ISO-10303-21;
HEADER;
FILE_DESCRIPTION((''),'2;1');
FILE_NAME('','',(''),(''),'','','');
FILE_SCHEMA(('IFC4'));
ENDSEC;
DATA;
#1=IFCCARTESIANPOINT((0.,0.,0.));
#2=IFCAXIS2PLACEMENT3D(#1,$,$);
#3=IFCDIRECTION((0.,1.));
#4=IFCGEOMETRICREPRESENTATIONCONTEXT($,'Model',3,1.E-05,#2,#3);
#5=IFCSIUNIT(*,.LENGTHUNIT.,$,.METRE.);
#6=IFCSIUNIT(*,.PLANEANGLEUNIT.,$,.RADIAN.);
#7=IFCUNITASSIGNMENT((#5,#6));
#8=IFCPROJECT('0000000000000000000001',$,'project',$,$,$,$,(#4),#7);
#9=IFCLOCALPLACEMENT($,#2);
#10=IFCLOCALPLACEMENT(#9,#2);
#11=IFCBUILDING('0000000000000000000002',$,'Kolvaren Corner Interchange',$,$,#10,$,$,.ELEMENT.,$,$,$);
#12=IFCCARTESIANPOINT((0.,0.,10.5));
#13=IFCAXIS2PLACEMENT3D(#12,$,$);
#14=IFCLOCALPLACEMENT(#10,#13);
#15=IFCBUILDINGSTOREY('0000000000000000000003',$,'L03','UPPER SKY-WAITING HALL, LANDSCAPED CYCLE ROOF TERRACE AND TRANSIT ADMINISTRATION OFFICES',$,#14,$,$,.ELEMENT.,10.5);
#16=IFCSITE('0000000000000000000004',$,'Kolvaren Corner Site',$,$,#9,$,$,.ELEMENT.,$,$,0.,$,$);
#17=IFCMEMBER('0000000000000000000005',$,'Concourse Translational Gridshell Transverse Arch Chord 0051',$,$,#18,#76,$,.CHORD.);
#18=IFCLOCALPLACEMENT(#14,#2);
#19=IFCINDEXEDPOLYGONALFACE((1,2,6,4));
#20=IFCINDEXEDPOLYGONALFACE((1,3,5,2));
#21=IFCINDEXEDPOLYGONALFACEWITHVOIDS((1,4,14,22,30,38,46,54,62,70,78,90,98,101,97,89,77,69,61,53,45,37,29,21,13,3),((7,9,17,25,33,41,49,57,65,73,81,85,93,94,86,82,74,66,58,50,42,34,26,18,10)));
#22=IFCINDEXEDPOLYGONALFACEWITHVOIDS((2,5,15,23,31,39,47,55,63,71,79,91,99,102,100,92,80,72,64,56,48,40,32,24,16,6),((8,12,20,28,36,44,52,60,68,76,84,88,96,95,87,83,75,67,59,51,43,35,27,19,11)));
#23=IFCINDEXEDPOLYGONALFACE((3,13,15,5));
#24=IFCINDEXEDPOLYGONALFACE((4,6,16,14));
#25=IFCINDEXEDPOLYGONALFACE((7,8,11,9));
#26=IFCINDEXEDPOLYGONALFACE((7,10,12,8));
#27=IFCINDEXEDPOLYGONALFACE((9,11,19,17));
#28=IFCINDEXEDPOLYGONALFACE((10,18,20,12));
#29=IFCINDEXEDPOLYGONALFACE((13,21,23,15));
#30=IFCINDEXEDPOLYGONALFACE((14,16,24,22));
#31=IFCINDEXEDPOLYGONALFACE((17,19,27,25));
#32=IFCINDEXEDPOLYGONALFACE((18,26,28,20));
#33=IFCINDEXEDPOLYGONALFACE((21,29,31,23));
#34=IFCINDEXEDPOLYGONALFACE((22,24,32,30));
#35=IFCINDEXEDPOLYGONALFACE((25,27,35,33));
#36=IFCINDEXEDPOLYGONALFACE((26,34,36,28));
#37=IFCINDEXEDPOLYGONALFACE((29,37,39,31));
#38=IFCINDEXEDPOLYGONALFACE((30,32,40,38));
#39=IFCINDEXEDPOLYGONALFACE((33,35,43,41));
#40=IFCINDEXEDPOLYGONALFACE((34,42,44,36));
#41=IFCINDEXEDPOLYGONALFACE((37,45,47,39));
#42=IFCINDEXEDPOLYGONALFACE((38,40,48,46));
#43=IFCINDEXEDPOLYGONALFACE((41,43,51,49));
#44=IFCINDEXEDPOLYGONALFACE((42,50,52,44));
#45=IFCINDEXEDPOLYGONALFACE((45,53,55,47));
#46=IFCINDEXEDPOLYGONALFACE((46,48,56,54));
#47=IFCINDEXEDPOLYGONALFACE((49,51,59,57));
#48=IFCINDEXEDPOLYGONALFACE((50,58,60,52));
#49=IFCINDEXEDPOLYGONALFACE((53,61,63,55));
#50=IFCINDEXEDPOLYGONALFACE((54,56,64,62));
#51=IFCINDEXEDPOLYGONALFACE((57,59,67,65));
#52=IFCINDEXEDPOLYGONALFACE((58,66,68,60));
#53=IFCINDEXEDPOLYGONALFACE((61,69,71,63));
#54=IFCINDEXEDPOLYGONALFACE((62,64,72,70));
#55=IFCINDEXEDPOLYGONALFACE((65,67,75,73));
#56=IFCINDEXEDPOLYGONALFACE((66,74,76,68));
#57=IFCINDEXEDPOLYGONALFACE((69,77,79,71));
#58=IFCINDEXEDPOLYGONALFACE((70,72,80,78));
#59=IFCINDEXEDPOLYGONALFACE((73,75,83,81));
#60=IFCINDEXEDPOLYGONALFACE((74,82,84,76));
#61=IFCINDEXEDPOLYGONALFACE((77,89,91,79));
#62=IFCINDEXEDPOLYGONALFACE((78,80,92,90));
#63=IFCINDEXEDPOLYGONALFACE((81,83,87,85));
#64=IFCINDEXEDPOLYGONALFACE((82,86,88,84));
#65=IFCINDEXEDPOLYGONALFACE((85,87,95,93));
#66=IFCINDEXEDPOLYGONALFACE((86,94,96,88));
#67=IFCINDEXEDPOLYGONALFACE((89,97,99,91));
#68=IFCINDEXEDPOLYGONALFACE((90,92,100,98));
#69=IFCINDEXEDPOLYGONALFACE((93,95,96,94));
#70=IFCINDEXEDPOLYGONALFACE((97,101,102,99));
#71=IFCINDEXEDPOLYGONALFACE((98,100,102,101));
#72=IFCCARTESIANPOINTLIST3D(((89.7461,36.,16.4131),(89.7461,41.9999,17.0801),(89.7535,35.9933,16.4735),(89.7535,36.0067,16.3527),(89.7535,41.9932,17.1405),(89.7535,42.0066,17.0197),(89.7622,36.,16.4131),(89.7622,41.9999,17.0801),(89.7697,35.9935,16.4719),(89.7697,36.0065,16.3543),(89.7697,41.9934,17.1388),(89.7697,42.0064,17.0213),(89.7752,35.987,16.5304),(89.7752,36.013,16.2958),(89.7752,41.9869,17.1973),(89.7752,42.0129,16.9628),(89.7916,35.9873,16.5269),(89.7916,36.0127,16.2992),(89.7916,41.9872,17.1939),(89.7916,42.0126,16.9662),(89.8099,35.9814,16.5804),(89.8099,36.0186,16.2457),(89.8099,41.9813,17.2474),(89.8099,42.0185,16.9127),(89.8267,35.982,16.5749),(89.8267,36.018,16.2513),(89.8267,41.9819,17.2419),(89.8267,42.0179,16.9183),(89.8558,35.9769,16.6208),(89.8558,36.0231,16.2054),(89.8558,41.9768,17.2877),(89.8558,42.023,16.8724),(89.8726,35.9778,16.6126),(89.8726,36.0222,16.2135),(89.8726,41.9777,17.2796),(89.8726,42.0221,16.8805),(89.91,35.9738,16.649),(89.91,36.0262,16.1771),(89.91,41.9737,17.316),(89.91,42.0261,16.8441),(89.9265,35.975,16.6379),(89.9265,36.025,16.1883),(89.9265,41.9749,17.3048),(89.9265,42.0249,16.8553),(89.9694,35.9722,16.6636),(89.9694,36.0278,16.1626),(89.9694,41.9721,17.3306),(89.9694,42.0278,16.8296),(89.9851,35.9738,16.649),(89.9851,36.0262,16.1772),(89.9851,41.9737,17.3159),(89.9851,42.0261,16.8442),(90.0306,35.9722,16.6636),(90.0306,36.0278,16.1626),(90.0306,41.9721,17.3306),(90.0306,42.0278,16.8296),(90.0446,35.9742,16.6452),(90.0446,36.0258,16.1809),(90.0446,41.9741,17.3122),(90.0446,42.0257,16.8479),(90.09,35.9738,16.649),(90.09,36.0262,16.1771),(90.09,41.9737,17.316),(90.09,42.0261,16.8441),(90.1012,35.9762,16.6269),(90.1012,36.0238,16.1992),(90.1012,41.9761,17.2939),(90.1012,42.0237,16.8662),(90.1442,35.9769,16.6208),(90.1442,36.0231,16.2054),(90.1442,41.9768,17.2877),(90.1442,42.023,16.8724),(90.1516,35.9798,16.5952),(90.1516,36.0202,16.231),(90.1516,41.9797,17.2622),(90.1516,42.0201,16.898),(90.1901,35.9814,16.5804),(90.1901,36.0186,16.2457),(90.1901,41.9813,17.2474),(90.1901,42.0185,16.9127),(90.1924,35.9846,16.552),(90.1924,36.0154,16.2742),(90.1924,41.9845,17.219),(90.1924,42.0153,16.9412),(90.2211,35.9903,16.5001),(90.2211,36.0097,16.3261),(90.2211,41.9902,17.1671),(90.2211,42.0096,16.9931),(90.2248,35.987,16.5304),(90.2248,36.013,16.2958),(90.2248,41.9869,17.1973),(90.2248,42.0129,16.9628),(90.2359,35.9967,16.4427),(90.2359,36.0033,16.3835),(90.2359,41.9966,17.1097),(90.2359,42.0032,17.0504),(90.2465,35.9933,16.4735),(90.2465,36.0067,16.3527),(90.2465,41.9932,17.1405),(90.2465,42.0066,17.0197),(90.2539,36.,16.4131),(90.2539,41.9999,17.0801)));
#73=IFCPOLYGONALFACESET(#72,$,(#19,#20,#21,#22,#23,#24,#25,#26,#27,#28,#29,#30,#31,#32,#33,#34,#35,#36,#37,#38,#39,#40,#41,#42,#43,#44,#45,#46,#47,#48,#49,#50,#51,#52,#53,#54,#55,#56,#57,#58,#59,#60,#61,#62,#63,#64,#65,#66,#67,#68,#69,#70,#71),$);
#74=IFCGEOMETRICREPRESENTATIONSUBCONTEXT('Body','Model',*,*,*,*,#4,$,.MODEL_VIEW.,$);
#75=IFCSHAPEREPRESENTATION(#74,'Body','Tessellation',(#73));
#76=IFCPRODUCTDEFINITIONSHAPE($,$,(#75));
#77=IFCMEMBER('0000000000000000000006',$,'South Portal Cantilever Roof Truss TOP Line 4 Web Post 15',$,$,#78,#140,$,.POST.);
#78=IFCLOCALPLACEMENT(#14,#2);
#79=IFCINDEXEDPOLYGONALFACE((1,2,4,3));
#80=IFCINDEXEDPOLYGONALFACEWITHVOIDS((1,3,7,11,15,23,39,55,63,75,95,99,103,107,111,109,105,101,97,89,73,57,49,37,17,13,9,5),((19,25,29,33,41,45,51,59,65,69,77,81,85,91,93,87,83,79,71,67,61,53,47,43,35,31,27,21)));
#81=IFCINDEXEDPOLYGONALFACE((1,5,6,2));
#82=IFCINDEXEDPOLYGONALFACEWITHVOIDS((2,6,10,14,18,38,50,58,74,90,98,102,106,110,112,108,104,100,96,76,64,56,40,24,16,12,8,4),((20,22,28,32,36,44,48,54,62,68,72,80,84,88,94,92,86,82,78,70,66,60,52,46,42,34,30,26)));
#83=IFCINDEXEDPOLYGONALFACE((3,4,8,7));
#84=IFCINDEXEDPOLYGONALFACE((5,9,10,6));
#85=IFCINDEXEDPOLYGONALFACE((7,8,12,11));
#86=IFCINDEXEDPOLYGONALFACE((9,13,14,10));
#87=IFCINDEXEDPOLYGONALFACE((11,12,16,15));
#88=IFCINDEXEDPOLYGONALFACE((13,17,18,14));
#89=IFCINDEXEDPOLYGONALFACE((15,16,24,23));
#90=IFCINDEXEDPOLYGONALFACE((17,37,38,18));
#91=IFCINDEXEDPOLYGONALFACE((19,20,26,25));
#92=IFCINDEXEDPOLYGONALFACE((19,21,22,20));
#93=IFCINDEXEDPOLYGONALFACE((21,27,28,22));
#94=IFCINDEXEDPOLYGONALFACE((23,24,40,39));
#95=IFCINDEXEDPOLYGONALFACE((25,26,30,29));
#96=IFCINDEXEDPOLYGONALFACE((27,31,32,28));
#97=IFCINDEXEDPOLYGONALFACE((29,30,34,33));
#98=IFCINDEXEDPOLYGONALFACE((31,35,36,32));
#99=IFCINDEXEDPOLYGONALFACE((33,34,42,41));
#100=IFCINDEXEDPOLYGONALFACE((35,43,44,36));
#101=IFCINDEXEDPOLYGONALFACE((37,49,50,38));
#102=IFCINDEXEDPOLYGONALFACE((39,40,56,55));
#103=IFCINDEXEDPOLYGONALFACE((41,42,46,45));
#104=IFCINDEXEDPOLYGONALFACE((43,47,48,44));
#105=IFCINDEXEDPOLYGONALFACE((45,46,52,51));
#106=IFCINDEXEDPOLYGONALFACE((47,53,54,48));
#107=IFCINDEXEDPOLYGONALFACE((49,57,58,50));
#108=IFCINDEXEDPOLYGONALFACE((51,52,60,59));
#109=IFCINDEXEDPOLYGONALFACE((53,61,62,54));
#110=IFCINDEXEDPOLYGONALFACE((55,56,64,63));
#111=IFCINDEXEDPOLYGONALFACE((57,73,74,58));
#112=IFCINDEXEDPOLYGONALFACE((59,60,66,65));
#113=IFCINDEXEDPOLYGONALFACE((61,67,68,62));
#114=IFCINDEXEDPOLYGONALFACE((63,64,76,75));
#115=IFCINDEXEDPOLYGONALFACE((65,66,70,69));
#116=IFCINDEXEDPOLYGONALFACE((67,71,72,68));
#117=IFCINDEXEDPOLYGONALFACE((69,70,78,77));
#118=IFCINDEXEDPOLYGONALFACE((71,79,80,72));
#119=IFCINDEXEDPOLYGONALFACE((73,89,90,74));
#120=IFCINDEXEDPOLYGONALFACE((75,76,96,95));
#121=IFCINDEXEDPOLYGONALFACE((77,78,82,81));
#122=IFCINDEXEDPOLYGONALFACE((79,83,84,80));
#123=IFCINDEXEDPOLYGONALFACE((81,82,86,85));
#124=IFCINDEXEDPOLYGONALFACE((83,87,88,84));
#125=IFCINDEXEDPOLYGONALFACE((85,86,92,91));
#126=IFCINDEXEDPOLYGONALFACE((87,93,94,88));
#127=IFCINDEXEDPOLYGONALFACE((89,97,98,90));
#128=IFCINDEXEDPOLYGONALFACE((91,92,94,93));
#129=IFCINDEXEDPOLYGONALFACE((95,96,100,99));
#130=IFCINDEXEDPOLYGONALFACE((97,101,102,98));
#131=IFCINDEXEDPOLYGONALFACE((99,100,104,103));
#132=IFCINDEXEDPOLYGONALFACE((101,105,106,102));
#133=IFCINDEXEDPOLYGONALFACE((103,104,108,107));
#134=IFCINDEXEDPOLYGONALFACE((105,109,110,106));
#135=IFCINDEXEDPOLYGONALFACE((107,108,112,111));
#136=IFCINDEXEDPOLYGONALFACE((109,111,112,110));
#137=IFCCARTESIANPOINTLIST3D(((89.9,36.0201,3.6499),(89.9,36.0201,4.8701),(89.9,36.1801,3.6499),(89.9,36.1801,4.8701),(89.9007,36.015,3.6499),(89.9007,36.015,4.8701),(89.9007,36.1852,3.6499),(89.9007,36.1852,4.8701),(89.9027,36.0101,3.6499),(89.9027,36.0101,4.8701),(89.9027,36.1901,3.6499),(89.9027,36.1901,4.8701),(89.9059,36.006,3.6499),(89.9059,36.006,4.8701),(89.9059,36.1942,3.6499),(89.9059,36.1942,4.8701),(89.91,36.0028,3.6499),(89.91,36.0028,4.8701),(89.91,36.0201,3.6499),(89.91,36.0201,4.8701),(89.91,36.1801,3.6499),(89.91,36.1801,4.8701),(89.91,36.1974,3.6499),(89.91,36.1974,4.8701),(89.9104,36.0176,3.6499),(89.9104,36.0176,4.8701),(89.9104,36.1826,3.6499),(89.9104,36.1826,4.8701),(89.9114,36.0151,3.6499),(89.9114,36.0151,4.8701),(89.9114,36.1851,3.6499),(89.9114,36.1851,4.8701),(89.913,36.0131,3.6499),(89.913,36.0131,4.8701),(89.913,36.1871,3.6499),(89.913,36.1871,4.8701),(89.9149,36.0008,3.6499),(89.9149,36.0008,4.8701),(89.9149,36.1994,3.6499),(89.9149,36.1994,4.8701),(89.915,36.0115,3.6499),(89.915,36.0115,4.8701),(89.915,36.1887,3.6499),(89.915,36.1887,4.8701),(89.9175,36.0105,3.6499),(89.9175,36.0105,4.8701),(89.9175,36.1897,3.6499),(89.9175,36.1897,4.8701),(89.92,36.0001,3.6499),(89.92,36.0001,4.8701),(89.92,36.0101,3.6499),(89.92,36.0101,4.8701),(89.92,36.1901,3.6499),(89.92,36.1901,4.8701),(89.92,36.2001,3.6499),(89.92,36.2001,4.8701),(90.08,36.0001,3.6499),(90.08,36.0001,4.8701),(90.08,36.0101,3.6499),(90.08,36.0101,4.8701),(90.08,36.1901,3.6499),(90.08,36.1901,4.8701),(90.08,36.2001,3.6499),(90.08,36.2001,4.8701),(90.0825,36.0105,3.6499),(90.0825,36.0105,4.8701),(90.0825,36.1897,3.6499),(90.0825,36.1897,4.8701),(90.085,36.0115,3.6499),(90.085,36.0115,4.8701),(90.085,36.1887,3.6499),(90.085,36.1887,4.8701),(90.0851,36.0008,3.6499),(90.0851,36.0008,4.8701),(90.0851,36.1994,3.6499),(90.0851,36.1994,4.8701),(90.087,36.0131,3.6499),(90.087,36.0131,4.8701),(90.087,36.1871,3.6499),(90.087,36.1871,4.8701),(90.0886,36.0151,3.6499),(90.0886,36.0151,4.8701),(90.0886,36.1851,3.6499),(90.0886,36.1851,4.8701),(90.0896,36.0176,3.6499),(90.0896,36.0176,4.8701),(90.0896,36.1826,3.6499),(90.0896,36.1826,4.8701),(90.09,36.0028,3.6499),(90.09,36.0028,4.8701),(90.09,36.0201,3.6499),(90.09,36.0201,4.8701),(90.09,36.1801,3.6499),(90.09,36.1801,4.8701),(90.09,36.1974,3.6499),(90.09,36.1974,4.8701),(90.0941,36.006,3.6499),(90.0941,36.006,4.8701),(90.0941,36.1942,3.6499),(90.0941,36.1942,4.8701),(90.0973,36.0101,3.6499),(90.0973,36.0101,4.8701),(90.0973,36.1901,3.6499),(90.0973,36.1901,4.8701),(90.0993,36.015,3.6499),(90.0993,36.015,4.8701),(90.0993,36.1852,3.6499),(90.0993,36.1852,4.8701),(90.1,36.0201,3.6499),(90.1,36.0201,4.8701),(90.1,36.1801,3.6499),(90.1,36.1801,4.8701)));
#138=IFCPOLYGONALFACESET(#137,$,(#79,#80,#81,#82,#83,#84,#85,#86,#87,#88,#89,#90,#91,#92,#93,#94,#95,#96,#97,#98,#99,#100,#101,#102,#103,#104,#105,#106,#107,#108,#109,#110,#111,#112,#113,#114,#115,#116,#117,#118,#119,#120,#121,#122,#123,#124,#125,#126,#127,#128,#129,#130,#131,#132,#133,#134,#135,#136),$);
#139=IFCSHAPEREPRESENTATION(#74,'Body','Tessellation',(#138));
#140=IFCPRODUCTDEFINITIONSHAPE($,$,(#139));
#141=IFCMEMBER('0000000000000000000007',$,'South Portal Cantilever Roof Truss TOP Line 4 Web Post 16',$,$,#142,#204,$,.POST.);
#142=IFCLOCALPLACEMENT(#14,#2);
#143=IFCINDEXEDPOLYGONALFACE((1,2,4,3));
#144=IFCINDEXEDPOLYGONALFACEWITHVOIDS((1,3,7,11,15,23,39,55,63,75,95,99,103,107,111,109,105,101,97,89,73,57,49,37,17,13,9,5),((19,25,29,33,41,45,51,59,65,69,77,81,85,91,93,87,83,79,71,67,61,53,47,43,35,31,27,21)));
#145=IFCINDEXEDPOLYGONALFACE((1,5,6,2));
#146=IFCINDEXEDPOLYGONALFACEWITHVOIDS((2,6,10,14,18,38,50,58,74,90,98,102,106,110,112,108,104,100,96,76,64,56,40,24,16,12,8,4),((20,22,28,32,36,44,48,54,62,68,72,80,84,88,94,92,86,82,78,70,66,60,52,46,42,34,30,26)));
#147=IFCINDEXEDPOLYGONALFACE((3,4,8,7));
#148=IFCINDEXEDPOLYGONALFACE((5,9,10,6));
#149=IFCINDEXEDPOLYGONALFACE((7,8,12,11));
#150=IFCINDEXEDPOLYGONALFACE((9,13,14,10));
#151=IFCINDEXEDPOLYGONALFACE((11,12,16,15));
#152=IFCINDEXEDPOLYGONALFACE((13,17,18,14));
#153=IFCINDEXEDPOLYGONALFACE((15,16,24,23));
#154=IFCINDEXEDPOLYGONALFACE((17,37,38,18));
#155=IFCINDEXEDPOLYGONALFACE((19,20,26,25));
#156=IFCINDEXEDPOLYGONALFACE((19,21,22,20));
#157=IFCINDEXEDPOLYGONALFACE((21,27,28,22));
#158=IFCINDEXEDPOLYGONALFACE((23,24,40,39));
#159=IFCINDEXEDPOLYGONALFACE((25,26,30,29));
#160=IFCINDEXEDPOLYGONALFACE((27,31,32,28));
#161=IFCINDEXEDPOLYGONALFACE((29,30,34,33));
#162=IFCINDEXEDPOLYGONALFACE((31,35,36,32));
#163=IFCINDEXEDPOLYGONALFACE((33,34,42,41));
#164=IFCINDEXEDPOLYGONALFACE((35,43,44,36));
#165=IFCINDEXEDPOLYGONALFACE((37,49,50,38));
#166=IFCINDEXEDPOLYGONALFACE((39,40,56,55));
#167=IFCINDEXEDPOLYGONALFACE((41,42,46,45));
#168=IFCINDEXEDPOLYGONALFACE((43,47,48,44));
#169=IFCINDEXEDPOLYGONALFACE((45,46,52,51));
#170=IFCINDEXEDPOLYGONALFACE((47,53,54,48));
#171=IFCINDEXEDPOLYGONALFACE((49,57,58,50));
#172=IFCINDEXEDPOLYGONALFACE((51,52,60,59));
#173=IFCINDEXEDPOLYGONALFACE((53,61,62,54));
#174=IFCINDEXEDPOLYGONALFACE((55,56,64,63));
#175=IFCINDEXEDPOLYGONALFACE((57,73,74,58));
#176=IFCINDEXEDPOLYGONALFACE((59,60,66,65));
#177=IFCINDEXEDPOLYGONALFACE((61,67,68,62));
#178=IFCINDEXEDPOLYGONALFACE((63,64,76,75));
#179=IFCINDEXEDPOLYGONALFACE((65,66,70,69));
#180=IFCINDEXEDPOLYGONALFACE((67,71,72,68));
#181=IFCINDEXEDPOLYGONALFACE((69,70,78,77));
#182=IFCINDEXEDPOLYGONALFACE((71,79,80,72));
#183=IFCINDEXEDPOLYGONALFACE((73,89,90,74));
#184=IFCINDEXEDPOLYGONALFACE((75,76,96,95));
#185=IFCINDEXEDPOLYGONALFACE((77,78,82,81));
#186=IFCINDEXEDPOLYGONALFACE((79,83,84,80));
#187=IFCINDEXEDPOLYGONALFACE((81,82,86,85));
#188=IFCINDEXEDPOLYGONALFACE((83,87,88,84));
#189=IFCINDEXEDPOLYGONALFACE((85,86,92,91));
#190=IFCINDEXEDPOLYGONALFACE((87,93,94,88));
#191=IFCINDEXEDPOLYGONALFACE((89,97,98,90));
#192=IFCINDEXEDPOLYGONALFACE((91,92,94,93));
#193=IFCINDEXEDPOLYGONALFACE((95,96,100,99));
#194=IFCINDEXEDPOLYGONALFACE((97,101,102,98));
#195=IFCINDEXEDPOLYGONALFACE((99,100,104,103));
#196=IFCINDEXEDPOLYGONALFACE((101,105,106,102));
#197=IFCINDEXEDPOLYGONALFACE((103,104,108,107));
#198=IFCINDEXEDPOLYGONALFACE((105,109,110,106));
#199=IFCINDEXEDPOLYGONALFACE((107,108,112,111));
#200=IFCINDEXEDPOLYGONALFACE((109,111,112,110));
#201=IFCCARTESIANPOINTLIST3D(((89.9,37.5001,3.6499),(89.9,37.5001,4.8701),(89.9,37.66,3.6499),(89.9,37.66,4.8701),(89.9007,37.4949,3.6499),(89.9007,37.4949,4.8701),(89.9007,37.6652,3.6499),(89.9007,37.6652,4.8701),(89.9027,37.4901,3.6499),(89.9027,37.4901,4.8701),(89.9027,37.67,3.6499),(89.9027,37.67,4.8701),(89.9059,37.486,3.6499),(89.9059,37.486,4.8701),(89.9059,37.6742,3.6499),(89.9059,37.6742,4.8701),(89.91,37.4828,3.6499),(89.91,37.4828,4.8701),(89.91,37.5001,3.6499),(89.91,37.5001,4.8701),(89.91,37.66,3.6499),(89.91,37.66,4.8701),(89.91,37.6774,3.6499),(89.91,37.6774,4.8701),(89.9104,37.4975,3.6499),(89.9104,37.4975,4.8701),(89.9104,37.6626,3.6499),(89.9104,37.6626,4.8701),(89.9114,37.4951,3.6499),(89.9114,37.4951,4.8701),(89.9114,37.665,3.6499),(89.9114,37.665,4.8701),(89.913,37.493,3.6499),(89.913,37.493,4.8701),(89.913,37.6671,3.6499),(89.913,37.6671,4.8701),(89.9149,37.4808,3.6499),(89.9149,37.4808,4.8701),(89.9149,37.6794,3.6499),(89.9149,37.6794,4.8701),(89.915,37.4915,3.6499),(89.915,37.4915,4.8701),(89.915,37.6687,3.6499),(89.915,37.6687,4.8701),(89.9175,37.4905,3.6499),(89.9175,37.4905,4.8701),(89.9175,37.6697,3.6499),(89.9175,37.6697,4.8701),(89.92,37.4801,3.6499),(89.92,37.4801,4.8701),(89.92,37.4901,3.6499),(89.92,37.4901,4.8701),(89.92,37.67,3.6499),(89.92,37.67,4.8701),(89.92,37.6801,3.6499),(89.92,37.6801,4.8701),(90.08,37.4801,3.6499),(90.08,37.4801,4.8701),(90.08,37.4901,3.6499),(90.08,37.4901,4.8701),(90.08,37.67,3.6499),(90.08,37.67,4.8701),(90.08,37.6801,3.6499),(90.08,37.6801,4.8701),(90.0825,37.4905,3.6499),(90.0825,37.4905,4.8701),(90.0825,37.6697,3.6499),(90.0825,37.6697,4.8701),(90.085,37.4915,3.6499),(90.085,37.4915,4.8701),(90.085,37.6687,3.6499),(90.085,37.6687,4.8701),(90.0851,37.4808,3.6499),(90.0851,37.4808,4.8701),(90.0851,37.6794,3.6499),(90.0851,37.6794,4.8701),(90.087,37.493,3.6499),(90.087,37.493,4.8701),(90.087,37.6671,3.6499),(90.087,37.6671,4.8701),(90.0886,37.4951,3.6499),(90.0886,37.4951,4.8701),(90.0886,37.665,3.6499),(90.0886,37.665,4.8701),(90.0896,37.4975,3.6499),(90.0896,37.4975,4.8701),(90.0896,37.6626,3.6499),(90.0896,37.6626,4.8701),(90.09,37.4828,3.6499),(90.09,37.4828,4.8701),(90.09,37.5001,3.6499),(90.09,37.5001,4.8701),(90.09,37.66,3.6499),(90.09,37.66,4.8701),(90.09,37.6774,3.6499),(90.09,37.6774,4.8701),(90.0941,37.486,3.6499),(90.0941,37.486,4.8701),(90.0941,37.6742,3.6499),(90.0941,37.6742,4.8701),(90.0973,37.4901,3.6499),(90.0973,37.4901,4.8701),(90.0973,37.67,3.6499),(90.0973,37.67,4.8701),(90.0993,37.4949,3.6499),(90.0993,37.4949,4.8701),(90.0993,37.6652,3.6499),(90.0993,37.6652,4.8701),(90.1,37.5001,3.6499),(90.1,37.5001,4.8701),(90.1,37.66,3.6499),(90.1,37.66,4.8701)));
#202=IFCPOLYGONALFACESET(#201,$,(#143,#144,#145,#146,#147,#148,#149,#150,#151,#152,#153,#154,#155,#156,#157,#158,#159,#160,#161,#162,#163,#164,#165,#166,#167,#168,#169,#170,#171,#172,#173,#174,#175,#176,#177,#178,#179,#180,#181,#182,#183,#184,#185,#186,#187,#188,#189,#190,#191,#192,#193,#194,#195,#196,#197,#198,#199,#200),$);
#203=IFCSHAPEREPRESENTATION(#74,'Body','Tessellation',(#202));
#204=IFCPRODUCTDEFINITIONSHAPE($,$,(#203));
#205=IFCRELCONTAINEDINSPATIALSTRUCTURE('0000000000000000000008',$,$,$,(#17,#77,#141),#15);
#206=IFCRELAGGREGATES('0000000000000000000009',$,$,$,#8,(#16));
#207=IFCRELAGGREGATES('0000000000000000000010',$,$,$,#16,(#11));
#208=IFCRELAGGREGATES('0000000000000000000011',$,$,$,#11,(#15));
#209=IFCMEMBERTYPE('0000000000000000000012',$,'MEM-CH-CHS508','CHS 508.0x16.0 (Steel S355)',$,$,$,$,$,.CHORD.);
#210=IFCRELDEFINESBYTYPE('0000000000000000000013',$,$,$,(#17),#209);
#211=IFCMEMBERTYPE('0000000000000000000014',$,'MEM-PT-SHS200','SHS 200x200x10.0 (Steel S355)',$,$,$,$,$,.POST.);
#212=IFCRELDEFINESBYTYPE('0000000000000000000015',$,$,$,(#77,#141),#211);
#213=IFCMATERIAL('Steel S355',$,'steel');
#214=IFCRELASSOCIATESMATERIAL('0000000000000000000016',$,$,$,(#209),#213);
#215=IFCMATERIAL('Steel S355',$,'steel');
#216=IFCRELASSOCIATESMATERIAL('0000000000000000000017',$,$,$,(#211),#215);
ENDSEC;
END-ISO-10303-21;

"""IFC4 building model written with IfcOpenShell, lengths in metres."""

from ifc_helpers import new_model, si_unit, direction, frame, origin, origin_2d, place, context, subcontext, project, spatial, hollow_rectangle, hollow_circle, extrude, material, material_profile, profile_set, type_object, element, save


model = new_model("IFC4")

# Units and contexts
model_context = context("Model", 3, precision=1e-05, world=origin(), true_north=direction((0.0, 1.0)))
body_context = subcontext(model_context, "Body", "Model", "MODEL_VIEW")
ifc_project = project(units=[si_unit("LENGTHUNIT", "METRE"), si_unit("PLANEANGLEUNIT", "RADIAN")], contexts=[model_context])

# Site, building, storey
site_placement = place(None, origin())
site = spatial("IfcSite", under=ifc_project, at=site_placement, Name="Kolvaren Corner Site", CompositionType="ELEMENT", RefElevation=0.0)
building_placement = place(site_placement, origin())
building = spatial("IfcBuilding", under=site, at=building_placement, Name="Kolvaren Corner Interchange", CompositionType="ELEMENT")
storey_placement = place(building_placement, frame((0.0, 0.0, 10.5)))
storey = spatial("IfcBuildingStorey", under=building, at=storey_placement, Name="L03", Description="UPPER SKY-WAITING HALL, LANDSCAPED CYCLE ROOF TERRACE AND TRANSIT ADMINISTRATION OFFICES", CompositionType="ELEMENT", Elevation=10.5)

# Members
ifc_material_1 = material(Name="Steel S355", Category="steel")
ifc_material_profile_1 = material_profile(ifc_material_1, hollow_circle(Radius=0.2539, WallThickness=0.0161, at=origin_2d()), Name="CHS 508.0x16.0")
ifc_profile_set_1 = profile_set([ifc_material_profile_1], Name="Steel S355")
member_type_1 = type_object("IfcMemberType", Name="MEM-CH-CHS508", Description="CHS 508.0x16.0 (Steel S355)", PredefinedType="CHORD", material=ifc_profile_set_1)
member_1_placement = place(storey_placement, frame((90.0, 36.0, 16.4131), z_axis=(0.0, 0.993878, 0.110485), x_axis=(-1.0, 0.0, 0.0)))
element("IfcMember", 1, at=member_1_placement, inside=storey, type_object=member_type_1, Name="Concourse Translational Gridshell Transverse Arch Chord 0051", PredefinedType="CHORD", context=body_context, shape_type="SweptSolid", body=[
    extrude(hollow_circle(Radius=0.2539, WallThickness=0.0161, at=origin_2d()), origin(), (0.0, 0.0, 1.0), 6.0369),
])
ifc_material_2 = material(Name="Steel S355", Category="steel")
ifc_material_profile_2 = material_profile(ifc_material_2, hollow_rectangle(XDim=0.2, YDim=0.2, WallThickness=0.01, InnerFilletRadius=0.01, OuterFilletRadius=0.02, at=origin_2d()), Name="SHS 200x200x10.0")
ifc_profile_set_2 = profile_set([ifc_material_profile_2], Name="Steel S355")
member_type_2 = type_object("IfcMemberType", Name="MEM-PT-SHS200", Description="SHS 200x200x10.0 (Steel S355)", PredefinedType="POST", material=ifc_profile_set_2)
for number, where, z_axis, x_axis, name in (
    (2, (90.0, 36.1001, 3.6499), (0.0, 0.0, 1.0), (1.0, 0.0, 0.0), "South Portal Cantilever Roof Truss TOP Line 4 Web Post 15"),
    (3, (90.0, 37.5801, 3.6499), (0.0, 0.0, 1.0), (1.0, 0.0, 0.0), "South Portal Cantilever Roof Truss TOP Line 4 Web Post 16"),
):
    element("IfcMember", number, at=place(storey_placement, frame(where, z_axis=z_axis, x_axis=x_axis)), inside=storey, type_object=member_type_2, Name=name, PredefinedType="POST", context=body_context, shape_type="SweptSolid", body=[
        extrude(hollow_rectangle(XDim=0.2, YDim=0.2, WallThickness=0.01, InnerFilletRadius=0.01, OuterFilletRadius=0.02, at=origin_2d()), origin(), (0.0, 0.0, 1.0), 1.2202),
    ])

save(model, "model.ifc")
